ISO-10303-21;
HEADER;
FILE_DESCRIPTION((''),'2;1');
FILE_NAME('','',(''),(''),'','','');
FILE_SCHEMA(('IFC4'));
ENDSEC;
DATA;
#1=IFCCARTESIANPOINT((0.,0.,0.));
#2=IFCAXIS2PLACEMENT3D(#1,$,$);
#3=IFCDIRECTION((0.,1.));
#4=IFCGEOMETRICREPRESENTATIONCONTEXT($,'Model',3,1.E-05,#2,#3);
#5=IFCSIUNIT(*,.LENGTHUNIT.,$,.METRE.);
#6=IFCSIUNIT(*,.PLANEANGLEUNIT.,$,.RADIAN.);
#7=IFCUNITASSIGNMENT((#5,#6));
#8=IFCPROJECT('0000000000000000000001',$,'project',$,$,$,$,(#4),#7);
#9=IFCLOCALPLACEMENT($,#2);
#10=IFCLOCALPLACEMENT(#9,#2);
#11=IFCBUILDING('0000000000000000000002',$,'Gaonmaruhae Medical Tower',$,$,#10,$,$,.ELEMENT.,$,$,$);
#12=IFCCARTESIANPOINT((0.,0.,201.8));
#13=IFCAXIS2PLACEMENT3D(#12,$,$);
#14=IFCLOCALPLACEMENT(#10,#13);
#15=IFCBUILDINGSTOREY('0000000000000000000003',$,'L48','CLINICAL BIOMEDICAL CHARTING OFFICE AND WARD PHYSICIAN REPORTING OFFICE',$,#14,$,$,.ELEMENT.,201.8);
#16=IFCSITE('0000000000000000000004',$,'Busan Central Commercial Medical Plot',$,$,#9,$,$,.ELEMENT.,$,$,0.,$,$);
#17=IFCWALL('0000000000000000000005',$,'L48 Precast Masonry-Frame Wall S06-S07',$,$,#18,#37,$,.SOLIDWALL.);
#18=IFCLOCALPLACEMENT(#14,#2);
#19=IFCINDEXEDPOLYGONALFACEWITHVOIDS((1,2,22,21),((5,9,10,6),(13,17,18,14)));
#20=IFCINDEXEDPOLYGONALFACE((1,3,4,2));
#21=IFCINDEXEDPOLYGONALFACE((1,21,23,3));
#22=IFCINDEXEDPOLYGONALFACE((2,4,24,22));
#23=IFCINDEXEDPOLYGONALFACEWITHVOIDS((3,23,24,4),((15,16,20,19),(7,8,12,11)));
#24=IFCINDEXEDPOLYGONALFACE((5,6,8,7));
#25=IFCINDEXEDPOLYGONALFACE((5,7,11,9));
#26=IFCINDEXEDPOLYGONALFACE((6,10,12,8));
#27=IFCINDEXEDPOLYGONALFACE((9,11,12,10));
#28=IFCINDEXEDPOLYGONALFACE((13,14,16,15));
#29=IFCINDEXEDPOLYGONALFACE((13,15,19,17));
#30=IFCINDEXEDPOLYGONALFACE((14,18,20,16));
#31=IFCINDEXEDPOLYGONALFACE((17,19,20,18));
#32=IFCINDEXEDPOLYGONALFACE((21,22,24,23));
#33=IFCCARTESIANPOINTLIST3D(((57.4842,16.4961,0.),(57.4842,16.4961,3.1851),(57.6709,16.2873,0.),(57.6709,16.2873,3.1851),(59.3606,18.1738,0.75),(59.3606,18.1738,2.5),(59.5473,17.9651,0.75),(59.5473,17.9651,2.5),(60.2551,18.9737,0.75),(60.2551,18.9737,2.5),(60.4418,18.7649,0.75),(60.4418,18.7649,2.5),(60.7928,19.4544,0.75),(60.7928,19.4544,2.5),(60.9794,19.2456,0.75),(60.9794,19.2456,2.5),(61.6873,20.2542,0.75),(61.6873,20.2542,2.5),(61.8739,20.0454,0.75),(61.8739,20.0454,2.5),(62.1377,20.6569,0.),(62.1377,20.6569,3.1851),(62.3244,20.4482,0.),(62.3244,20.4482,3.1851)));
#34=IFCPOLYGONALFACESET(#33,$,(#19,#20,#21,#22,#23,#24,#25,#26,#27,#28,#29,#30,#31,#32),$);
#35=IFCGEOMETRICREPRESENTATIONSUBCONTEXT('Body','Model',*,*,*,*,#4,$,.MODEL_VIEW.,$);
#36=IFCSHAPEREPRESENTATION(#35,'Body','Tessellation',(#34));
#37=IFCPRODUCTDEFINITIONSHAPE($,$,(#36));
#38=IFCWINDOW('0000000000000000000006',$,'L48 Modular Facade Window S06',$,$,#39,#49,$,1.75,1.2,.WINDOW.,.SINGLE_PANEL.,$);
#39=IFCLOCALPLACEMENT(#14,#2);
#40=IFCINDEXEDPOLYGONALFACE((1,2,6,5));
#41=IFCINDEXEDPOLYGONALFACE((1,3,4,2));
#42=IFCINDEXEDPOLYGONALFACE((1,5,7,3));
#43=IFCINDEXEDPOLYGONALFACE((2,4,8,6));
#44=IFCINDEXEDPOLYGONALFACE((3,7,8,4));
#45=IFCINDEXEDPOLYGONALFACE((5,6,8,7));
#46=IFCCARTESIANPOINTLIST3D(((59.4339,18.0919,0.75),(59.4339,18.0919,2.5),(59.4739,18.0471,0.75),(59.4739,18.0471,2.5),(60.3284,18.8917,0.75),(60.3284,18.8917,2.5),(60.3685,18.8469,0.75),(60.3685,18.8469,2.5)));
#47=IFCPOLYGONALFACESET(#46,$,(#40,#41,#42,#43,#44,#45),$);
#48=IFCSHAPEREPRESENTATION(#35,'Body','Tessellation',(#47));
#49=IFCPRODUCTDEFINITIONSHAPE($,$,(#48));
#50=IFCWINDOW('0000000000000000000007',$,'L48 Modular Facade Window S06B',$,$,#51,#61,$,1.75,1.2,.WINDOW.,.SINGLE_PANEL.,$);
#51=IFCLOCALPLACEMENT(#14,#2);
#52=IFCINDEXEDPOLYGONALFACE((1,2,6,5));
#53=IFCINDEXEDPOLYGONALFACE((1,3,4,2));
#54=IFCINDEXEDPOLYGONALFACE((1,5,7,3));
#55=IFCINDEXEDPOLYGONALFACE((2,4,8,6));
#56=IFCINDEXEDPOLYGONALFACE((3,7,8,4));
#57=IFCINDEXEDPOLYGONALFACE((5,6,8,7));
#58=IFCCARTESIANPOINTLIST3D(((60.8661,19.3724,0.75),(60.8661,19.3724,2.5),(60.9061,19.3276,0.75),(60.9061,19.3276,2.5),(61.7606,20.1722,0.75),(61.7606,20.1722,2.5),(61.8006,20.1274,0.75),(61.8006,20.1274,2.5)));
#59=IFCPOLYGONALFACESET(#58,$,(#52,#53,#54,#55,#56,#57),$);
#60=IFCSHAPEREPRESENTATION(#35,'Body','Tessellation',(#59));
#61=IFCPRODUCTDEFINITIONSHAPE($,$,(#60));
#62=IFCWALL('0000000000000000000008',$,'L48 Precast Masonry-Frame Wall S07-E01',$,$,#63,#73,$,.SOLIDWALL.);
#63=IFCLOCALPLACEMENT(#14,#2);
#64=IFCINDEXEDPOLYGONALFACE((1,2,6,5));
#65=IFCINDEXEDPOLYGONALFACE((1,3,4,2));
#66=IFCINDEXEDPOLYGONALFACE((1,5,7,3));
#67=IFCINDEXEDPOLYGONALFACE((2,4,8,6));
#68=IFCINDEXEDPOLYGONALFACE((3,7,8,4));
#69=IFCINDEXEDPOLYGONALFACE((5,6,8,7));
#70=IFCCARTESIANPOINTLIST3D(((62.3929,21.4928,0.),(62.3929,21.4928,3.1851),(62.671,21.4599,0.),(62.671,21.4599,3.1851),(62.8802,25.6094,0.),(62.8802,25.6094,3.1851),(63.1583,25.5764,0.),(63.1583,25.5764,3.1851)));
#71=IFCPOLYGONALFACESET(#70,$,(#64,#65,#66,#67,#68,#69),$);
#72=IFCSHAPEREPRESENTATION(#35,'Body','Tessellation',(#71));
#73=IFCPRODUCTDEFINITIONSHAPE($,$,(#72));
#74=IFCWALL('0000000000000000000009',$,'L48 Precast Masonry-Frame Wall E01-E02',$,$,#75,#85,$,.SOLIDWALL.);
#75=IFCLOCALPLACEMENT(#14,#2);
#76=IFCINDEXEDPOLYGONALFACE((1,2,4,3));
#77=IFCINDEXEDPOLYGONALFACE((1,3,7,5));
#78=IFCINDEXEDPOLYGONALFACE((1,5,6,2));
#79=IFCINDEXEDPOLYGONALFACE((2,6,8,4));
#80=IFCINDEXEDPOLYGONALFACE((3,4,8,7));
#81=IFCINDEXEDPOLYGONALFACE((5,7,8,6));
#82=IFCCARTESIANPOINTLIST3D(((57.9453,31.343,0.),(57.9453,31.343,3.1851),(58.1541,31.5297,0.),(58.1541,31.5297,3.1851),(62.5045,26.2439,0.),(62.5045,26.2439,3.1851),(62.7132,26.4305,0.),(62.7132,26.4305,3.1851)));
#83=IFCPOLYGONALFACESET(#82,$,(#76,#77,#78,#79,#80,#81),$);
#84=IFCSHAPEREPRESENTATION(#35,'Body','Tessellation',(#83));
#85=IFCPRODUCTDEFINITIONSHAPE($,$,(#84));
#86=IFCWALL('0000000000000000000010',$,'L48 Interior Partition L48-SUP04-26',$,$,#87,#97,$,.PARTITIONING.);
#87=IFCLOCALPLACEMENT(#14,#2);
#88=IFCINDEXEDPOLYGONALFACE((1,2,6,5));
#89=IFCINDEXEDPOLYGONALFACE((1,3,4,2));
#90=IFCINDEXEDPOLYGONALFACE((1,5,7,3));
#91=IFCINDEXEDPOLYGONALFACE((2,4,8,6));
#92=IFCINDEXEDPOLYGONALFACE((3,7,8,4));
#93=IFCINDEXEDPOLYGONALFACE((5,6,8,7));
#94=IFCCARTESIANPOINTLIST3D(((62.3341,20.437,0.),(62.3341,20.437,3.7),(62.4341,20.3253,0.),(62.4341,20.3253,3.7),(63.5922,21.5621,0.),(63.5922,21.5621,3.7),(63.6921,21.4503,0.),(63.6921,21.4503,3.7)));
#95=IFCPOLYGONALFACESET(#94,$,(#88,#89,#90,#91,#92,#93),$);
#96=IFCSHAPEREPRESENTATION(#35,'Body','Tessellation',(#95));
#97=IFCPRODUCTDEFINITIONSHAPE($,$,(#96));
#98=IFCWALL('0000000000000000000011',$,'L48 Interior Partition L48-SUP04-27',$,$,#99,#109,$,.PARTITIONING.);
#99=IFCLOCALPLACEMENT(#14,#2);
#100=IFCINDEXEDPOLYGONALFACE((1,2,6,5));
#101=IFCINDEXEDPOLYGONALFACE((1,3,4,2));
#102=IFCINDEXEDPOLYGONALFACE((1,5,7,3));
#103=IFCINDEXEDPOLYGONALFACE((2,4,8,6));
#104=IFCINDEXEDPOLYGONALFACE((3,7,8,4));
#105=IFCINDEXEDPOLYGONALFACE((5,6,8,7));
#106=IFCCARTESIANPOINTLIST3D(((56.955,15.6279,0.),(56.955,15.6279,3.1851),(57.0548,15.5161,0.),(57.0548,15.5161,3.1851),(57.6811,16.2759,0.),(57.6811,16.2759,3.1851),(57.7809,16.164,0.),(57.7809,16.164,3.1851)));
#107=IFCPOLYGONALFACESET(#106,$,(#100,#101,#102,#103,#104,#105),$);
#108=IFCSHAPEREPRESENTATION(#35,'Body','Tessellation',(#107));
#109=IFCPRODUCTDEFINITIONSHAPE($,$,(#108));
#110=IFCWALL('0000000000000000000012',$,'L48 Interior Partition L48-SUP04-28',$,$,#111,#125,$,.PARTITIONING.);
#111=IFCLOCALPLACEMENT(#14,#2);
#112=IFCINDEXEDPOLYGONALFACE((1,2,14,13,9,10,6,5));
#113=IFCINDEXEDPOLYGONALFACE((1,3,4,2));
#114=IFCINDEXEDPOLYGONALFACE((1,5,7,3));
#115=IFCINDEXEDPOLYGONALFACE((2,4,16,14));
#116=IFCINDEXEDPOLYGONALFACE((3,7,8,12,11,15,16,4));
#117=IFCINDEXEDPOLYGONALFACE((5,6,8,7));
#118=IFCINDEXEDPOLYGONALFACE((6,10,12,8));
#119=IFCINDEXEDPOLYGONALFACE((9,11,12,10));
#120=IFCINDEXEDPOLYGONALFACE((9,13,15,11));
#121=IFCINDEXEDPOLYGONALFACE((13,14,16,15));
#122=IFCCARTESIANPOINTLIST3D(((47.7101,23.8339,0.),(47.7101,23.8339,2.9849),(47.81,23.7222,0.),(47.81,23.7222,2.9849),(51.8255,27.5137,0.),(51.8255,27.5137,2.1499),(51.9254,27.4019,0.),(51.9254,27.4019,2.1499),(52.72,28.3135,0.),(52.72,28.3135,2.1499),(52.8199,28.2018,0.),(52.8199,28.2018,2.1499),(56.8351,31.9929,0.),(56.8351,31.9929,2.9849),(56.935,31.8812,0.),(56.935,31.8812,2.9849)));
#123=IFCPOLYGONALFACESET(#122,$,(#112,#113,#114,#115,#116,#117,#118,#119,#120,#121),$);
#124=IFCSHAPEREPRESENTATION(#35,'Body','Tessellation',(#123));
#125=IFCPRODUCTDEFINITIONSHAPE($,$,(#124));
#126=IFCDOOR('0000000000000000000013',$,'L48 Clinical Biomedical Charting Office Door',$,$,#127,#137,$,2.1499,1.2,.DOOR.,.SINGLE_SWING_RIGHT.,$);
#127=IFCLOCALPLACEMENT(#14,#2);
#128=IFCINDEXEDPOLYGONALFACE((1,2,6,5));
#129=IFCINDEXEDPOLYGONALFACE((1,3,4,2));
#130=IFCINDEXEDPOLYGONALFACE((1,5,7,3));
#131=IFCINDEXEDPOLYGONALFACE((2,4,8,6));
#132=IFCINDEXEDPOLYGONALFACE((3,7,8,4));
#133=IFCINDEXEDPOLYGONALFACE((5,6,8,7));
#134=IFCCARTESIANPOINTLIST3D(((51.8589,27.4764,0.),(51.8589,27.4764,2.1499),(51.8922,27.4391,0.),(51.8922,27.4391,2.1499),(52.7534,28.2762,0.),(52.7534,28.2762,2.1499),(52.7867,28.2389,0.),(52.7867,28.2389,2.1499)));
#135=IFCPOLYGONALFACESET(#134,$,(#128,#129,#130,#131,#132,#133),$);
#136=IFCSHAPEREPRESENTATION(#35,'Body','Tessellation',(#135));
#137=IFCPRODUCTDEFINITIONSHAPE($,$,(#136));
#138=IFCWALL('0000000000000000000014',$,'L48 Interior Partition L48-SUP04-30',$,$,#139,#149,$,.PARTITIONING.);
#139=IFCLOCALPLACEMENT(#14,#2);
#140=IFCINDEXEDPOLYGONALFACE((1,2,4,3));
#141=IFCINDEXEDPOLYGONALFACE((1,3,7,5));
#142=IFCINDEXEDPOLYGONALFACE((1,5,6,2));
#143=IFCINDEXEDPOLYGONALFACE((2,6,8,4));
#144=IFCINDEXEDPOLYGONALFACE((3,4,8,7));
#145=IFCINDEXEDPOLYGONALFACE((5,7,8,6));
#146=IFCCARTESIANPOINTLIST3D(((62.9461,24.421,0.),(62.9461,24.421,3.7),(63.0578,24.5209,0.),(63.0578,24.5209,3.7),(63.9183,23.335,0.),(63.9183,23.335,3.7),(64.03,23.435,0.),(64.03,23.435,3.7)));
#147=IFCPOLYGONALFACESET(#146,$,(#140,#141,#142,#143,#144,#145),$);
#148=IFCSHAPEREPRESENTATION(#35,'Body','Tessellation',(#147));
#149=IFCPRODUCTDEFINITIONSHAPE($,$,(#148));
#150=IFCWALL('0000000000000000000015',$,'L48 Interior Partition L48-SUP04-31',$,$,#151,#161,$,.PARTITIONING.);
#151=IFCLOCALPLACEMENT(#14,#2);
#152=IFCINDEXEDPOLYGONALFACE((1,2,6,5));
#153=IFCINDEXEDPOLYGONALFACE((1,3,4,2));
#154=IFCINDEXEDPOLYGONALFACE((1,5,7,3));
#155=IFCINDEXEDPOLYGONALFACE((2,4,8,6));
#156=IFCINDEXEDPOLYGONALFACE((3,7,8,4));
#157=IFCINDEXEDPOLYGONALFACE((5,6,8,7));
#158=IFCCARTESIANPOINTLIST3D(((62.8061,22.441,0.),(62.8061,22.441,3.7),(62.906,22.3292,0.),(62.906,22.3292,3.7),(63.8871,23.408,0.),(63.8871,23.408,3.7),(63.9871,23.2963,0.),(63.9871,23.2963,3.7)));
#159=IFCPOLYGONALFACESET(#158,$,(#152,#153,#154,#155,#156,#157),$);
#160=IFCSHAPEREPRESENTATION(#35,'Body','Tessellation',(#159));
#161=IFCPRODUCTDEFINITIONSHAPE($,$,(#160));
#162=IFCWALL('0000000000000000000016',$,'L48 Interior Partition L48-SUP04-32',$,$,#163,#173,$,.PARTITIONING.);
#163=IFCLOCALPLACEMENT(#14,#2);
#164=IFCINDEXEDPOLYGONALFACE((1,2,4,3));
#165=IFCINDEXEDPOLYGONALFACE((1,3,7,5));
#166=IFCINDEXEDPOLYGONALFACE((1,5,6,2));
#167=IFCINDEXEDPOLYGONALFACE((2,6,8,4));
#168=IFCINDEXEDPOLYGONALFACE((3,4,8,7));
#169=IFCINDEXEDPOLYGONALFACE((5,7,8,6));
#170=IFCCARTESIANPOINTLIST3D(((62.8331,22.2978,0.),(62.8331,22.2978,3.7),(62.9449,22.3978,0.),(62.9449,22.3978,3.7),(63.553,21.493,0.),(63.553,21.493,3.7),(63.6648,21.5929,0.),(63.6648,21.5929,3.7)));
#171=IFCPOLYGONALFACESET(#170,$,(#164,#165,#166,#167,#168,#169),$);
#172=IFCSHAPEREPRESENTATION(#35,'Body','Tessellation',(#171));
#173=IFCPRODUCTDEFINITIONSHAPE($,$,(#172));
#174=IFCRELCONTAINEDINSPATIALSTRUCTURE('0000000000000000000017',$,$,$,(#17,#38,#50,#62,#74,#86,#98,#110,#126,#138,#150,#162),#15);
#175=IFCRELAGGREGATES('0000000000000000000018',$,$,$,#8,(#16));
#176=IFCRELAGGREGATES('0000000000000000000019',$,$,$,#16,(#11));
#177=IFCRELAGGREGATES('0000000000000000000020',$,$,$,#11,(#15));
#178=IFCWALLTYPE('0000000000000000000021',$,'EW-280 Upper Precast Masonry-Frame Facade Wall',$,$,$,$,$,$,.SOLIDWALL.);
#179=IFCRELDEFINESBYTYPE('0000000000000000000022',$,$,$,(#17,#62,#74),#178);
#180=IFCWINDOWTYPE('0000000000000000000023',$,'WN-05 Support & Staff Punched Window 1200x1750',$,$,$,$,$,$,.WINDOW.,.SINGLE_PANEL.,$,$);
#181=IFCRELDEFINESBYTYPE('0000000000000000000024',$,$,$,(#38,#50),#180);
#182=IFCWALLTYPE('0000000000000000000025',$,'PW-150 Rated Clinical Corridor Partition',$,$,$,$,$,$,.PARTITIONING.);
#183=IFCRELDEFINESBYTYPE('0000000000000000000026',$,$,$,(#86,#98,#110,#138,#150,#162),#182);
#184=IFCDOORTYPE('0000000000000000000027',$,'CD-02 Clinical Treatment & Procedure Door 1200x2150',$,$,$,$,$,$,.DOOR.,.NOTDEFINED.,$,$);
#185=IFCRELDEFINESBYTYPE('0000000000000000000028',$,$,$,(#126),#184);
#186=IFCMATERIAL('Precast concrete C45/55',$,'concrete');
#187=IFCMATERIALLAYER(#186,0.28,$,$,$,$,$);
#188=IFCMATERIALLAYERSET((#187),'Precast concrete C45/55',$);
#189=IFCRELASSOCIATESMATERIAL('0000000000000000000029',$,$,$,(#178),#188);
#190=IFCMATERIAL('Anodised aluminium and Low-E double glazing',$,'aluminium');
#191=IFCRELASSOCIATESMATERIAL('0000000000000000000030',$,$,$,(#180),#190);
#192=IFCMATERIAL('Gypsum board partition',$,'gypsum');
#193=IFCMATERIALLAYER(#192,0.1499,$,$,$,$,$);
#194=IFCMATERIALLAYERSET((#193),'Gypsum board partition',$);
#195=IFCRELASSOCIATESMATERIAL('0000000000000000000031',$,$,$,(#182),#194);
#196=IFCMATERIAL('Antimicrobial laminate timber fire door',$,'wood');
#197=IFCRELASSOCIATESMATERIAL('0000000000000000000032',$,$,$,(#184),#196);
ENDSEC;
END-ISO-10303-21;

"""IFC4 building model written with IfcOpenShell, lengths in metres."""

from ifc_helpers import new_model, si_unit, direction, frame, frame_2d, origin, place, context, subcontext, project, spatial, rectangle, extrude, material, layer, layer_set, type_object, element, fill, save


model = new_model("IFC4")

# Units and contexts
model_context = context("Model", 3, precision=1e-05, world=origin(), true_north=direction((0.0, 1.0)))
body_context = subcontext(model_context, "Body", "Model", "MODEL_VIEW")
ifc_project = project(units=[si_unit("LENGTHUNIT", "METRE"), si_unit("PLANEANGLEUNIT", "RADIAN")], contexts=[model_context])

# Site, building, storey
site_placement = place(None, origin())
site = spatial("IfcSite", under=ifc_project, at=site_placement, Name="Busan Central Commercial Medical Plot", CompositionType="ELEMENT", RefElevation=0.0)
building_placement = place(site_placement, origin())
building = spatial("IfcBuilding", under=site, at=building_placement, Name="Gaonmaruhae Medical Tower", CompositionType="ELEMENT")
storey_placement = place(building_placement, frame((0.0, 0.0, 201.8)))
storey = spatial("IfcBuildingStorey", under=building, at=storey_placement, Name="L48", Description="CLINICAL BIOMEDICAL CHARTING OFFICE AND WARD PHYSICIAN REPORTING OFFICE", CompositionType="ELEMENT", Elevation=201.8)

# Wall, openings, windows
ifc_material_1 = material(Name="Precast concrete C45/55", Category="concrete")
ifc_layer_1 = layer(ifc_material_1, 0.28)
ifc_layer_set_1 = layer_set([ifc_layer_1], Name="Precast concrete C45/55")
wall_type_1 = type_object("IfcWallType", Name="EW-280 Upper Precast Masonry-Frame Facade Wall", PredefinedType="SOLIDWALL", material=ifc_layer_set_1)
wall_1_placement = place(storey_placement, frame((62.231, 20.5525, 0.0), z_axis=(0.0, 0.0, 1.0), x_axis=(-0.745466, -0.666543, 0.0)))
wall_1 = element("IfcWall", 1, at=wall_1_placement, inside=storey, type_object=wall_type_1, Name="L48 Precast Masonry-Frame Wall S06-S07", PredefinedType="SOLIDWALL", context=body_context, shape_type="SweptSolid", body=[
    extrude(rectangle(XDim=6.2424, YDim=0.28, at=frame_2d((3.1211, 0.0))), origin(), (0.0, 0.0, 1.0), 3.1851),
])
opening_1_placement = place(wall_1_placement, frame((2.5251, 0.0, 0.75)))
opening_1 = element("IfcOpeningElement", 2, at=opening_1_placement, cuts=wall_1, PredefinedType="OPENING", context=body_context, shape_type="SweptSolid", body=[
    extrude(rectangle(XDim=1.2, YDim=1.75, at=frame_2d((0.6001, 0.875))), frame((0.0, 0.1499, 0.0), z_axis=(0.0, -1.0, 0.0), x_axis=(1.0, 0.0, 0.0)), (0.0, 0.0, 1.0), 0.3),
])
opening_2_placement = place(wall_1_placement, frame((0.604, 0.0, 0.75)))
opening_2 = element("IfcOpeningElement", 3, at=opening_2_placement, cuts=wall_1, PredefinedType="OPENING", context=body_context, shape_type="SweptSolid", body=[
    extrude(rectangle(XDim=1.2, YDim=1.75, at=frame_2d((0.6001, 0.875))), frame((0.0, 0.1499, 0.0), z_axis=(0.0, -1.0, 0.0), x_axis=(1.0, 0.0, 0.0)), (0.0, 0.0, 1.0), 0.3),
])
ifc_material_2 = material(Name="Anodised aluminium and Low-E double glazing", Category="aluminium")
window_type = type_object("IfcWindowType", Name="WN-05 Support & Staff Punched Window 1200x1750", PartitioningType="SINGLE_PANEL", PredefinedType="WINDOW", material=ifc_material_2)
window_1_placement = place(opening_1_placement, origin())
window_1 = element("IfcWindow", 4, at=window_1_placement, inside=storey, type_object=window_type, Name="L48 Modular Facade Window S06", OverallHeight=1.75, OverallWidth=1.2, PartitioningType="SINGLE_PANEL", PredefinedType="WINDOW", context=body_context, shape_type="SweptSolid", body=[
    extrude(rectangle(XDim=1.2, YDim=1.75, at=frame_2d((0.6001, 0.875))), frame((0.0, 0.03, 0.0), z_axis=(0.0, -1.0, 0.0), x_axis=(1.0, 0.0, 0.0)), (0.0, 0.0, 1.0), 0.0601),
])
fill(opening_1, window_1)
window_2_placement = place(opening_2_placement, origin())
window_2 = element("IfcWindow", 5, at=window_2_placement, inside=storey, type_object=window_type, Name="L48 Modular Facade Window S06B", OverallHeight=1.75, OverallWidth=1.2, PartitioningType="SINGLE_PANEL", PredefinedType="WINDOW", context=body_context, shape_type="SweptSolid", body=[
    extrude(rectangle(XDim=1.2, YDim=1.75, at=frame_2d((0.6001, 0.875))), frame((0.0, 0.03, 0.0), z_axis=(0.0, -1.0, 0.0), x_axis=(1.0, 0.0, 0.0)), (0.0, 0.0, 1.0), 0.0601),
])
fill(opening_2, window_2)

# Walls
wall_2_placement = place(storey_placement, frame((63.0193, 25.593, 0.0), z_axis=(0.0, 0.0, 1.0), x_axis=(-0.117559, -0.993066, 0.0)))
element("IfcWall", 6, at=wall_2_placement, inside=storey, type_object=wall_type_1, Name="L48 Precast Masonry-Frame Wall S07-E01", PredefinedType="SOLIDWALL", context=body_context, shape_type="SweptSolid", body=[
    extrude(rectangle(XDim=4.1453, YDim=0.28, at=frame_2d((2.0728, 0.0))), origin(), (0.0, 0.0, 1.0), 3.1851),
])
wall_3_placement = place(storey_placement, frame((58.0498, 31.4363, 0.0), z_axis=(0.0, 0.0, 1.0), x_axis=(0.666528, -0.74548, 0.0)))
element("IfcWall", 7, at=wall_3_placement, inside=storey, type_object=wall_type_1, Name="L48 Precast Masonry-Frame Wall E01-E02", PredefinedType="SOLIDWALL", context=body_context, shape_type="SweptSolid", body=[
    extrude(rectangle(XDim=6.8401, YDim=0.28, at=frame_2d((3.4199, 0.0))), origin(), (0.0, 0.0, 1.0), 3.1851),
])
ifc_material_3 = material(Name="Gypsum board partition", Category="gypsum")
ifc_layer_2 = layer(ifc_material_3, 0.1499)
ifc_layer_set_2 = layer_set([ifc_layer_2], Name="Gypsum board partition")
wall_type_2 = type_object("IfcWallType", Name="PW-150 Rated Clinical Corridor Partition", PredefinedType="PARTITIONING", material=ifc_layer_set_2)
wall_4_placement = place(storey_placement, frame((63.6421, 21.5061, 0.0), z_axis=(0.0, 0.0, 1.0), x_axis=(-0.745427, -0.666588, 0.0)))
element("IfcWall", 8, at=wall_4_placement, inside=storey, type_object=wall_type_2, Name="L48 Interior Partition L48-SUP04-26", PredefinedType="PARTITIONING", context=body_context, shape_type="SweptSolid", body=[
    extrude(rectangle(XDim=1.6877, YDim=0.1499, at=frame_2d((0.8438, 0.0))), origin(), (0.0, 0.0, 1.0), 3.7),
])
wall_5_placement = place(storey_placement, frame((57.731, 16.22, 0.0), z_axis=(0.0, 0.0, 1.0), x_axis=(-0.746107, -0.665826, 0.0)))
element("IfcWall", 9, at=wall_5_placement, inside=storey, type_object=wall_type_2, Name="L48 Interior Partition L48-SUP04-27", PredefinedType="PARTITIONING", context=body_context, shape_type="SweptSolid", body=[
    extrude(rectangle(XDim=0.9731, YDim=0.1499, at=frame_2d((0.4866, 0.0))), origin(), (0.0, 0.0, 1.0), 3.1851),
])

# Wall, opening, door
wall_6_placement = place(storey_placement, frame((47.76, 23.7781, 0.0), z_axis=(0.0, 0.0, 1.0), x_axis=(0.745466, 0.666544, 0.0)))
wall_6 = element("IfcWall", 10, at=wall_6_placement, inside=storey, type_object=wall_type_2, Name="L48 Interior Partition L48-SUP04-28", PredefinedType="PARTITIONING", context=body_context, shape_type="SweptSolid", body=[
    extrude(rectangle(XDim=12.2407, YDim=0.1499, at=frame_2d((6.1204, 0.0))), origin(), (0.0, 0.0, 1.0), 2.9849),
])
opening_3_placement = place(wall_6_placement, frame((5.5205, 0.0, 0.0)))
opening_3 = element("IfcOpeningElement", 11, at=opening_3_placement, cuts=wall_6, PredefinedType="OPENING", context=body_context, shape_type="SweptSolid", body=[
    extrude(rectangle(XDim=1.2, YDim=2.1499, at=frame_2d((0.6001, 1.075))), frame((0.0, 0.085, 0.0), z_axis=(0.0, -1.0, 0.0), x_axis=(1.0, 0.0, 0.0)), (0.0, 0.0, 1.0), 0.1699),
])
ifc_material_4 = material(Name="Antimicrobial laminate timber fire door", Category="wood")
door_type = type_object("IfcDoorType", Name="CD-02 Clinical Treatment & Procedure Door 1200x2150", OperationType="NOTDEFINED", PredefinedType="DOOR", material=ifc_material_4)
door_placement = place(opening_3_placement, origin())
door = element("IfcDoor", 12, at=door_placement, inside=storey, type_object=door_type, Name="L48 Clinical Biomedical Charting Office Door", OperationType="SINGLE_SWING_RIGHT", OverallHeight=2.1499, OverallWidth=1.2, PredefinedType="DOOR", context=body_context, shape_type="SweptSolid", body=[
    extrude(rectangle(XDim=1.2, YDim=2.1499, at=frame_2d((0.6001, 1.075))), frame((0.0, 0.0249, 0.0), z_axis=(0.0, -1.0, 0.0), x_axis=(1.0, 0.0, 0.0)), (0.0, 0.0, 1.0), 0.05),
])
fill(opening_3, door)

# Walls
wall_7_placement = place(storey_placement, frame((63.002, 24.4709, 0.0), z_axis=(0.0, 0.0, 1.0), x_axis=(0.667, -0.745057, 0.0)))
element("IfcWall", 13, at=wall_7_placement, inside=storey, type_object=wall_type_2, Name="L48 Interior Partition L48-SUP04-30", PredefinedType="PARTITIONING", context=body_context, shape_type="SweptSolid", body=[
    extrude(rectangle(XDim=1.4575, YDim=0.1499, at=frame_2d((0.7288, 0.0))), origin(), (0.0, 0.0, 1.0), 3.7),
])
wall_8_placement = place(storey_placement, frame((63.937, 23.3521, 0.0), z_axis=(0.0, 0.0, 1.0), x_axis=(-0.745316, -0.666711, 0.0)))
element("IfcWall", 14, at=wall_8_placement, inside=storey, type_object=wall_type_2, Name="L48 Interior Partition L48-SUP04-31", PredefinedType="PARTITIONING", context=body_context, shape_type="SweptSolid", body=[
    extrude(rectangle(XDim=1.4504, YDim=0.1499, at=frame_2d((0.7251, 0.0))), origin(), (0.0, 0.0, 1.0), 3.7),
])
wall_9_placement = place(storey_placement, frame((62.8889, 22.3479, 0.0), z_axis=(0.0, 0.0, 1.0), x_axis=(0.666676, -0.745348, 0.0)))
element("IfcWall", 15, at=wall_9_placement, inside=storey, type_object=wall_type_2, Name="L48 Interior Partition L48-SUP04-32", PredefinedType="PARTITIONING", context=body_context, shape_type="SweptSolid", body=[
    extrude(rectangle(XDim=1.0798, YDim=0.1499, at=frame_2d((0.54, 0.0))), origin(), (0.0, 0.0, 1.0), 3.7),
])

save(model, "model.ifc")
